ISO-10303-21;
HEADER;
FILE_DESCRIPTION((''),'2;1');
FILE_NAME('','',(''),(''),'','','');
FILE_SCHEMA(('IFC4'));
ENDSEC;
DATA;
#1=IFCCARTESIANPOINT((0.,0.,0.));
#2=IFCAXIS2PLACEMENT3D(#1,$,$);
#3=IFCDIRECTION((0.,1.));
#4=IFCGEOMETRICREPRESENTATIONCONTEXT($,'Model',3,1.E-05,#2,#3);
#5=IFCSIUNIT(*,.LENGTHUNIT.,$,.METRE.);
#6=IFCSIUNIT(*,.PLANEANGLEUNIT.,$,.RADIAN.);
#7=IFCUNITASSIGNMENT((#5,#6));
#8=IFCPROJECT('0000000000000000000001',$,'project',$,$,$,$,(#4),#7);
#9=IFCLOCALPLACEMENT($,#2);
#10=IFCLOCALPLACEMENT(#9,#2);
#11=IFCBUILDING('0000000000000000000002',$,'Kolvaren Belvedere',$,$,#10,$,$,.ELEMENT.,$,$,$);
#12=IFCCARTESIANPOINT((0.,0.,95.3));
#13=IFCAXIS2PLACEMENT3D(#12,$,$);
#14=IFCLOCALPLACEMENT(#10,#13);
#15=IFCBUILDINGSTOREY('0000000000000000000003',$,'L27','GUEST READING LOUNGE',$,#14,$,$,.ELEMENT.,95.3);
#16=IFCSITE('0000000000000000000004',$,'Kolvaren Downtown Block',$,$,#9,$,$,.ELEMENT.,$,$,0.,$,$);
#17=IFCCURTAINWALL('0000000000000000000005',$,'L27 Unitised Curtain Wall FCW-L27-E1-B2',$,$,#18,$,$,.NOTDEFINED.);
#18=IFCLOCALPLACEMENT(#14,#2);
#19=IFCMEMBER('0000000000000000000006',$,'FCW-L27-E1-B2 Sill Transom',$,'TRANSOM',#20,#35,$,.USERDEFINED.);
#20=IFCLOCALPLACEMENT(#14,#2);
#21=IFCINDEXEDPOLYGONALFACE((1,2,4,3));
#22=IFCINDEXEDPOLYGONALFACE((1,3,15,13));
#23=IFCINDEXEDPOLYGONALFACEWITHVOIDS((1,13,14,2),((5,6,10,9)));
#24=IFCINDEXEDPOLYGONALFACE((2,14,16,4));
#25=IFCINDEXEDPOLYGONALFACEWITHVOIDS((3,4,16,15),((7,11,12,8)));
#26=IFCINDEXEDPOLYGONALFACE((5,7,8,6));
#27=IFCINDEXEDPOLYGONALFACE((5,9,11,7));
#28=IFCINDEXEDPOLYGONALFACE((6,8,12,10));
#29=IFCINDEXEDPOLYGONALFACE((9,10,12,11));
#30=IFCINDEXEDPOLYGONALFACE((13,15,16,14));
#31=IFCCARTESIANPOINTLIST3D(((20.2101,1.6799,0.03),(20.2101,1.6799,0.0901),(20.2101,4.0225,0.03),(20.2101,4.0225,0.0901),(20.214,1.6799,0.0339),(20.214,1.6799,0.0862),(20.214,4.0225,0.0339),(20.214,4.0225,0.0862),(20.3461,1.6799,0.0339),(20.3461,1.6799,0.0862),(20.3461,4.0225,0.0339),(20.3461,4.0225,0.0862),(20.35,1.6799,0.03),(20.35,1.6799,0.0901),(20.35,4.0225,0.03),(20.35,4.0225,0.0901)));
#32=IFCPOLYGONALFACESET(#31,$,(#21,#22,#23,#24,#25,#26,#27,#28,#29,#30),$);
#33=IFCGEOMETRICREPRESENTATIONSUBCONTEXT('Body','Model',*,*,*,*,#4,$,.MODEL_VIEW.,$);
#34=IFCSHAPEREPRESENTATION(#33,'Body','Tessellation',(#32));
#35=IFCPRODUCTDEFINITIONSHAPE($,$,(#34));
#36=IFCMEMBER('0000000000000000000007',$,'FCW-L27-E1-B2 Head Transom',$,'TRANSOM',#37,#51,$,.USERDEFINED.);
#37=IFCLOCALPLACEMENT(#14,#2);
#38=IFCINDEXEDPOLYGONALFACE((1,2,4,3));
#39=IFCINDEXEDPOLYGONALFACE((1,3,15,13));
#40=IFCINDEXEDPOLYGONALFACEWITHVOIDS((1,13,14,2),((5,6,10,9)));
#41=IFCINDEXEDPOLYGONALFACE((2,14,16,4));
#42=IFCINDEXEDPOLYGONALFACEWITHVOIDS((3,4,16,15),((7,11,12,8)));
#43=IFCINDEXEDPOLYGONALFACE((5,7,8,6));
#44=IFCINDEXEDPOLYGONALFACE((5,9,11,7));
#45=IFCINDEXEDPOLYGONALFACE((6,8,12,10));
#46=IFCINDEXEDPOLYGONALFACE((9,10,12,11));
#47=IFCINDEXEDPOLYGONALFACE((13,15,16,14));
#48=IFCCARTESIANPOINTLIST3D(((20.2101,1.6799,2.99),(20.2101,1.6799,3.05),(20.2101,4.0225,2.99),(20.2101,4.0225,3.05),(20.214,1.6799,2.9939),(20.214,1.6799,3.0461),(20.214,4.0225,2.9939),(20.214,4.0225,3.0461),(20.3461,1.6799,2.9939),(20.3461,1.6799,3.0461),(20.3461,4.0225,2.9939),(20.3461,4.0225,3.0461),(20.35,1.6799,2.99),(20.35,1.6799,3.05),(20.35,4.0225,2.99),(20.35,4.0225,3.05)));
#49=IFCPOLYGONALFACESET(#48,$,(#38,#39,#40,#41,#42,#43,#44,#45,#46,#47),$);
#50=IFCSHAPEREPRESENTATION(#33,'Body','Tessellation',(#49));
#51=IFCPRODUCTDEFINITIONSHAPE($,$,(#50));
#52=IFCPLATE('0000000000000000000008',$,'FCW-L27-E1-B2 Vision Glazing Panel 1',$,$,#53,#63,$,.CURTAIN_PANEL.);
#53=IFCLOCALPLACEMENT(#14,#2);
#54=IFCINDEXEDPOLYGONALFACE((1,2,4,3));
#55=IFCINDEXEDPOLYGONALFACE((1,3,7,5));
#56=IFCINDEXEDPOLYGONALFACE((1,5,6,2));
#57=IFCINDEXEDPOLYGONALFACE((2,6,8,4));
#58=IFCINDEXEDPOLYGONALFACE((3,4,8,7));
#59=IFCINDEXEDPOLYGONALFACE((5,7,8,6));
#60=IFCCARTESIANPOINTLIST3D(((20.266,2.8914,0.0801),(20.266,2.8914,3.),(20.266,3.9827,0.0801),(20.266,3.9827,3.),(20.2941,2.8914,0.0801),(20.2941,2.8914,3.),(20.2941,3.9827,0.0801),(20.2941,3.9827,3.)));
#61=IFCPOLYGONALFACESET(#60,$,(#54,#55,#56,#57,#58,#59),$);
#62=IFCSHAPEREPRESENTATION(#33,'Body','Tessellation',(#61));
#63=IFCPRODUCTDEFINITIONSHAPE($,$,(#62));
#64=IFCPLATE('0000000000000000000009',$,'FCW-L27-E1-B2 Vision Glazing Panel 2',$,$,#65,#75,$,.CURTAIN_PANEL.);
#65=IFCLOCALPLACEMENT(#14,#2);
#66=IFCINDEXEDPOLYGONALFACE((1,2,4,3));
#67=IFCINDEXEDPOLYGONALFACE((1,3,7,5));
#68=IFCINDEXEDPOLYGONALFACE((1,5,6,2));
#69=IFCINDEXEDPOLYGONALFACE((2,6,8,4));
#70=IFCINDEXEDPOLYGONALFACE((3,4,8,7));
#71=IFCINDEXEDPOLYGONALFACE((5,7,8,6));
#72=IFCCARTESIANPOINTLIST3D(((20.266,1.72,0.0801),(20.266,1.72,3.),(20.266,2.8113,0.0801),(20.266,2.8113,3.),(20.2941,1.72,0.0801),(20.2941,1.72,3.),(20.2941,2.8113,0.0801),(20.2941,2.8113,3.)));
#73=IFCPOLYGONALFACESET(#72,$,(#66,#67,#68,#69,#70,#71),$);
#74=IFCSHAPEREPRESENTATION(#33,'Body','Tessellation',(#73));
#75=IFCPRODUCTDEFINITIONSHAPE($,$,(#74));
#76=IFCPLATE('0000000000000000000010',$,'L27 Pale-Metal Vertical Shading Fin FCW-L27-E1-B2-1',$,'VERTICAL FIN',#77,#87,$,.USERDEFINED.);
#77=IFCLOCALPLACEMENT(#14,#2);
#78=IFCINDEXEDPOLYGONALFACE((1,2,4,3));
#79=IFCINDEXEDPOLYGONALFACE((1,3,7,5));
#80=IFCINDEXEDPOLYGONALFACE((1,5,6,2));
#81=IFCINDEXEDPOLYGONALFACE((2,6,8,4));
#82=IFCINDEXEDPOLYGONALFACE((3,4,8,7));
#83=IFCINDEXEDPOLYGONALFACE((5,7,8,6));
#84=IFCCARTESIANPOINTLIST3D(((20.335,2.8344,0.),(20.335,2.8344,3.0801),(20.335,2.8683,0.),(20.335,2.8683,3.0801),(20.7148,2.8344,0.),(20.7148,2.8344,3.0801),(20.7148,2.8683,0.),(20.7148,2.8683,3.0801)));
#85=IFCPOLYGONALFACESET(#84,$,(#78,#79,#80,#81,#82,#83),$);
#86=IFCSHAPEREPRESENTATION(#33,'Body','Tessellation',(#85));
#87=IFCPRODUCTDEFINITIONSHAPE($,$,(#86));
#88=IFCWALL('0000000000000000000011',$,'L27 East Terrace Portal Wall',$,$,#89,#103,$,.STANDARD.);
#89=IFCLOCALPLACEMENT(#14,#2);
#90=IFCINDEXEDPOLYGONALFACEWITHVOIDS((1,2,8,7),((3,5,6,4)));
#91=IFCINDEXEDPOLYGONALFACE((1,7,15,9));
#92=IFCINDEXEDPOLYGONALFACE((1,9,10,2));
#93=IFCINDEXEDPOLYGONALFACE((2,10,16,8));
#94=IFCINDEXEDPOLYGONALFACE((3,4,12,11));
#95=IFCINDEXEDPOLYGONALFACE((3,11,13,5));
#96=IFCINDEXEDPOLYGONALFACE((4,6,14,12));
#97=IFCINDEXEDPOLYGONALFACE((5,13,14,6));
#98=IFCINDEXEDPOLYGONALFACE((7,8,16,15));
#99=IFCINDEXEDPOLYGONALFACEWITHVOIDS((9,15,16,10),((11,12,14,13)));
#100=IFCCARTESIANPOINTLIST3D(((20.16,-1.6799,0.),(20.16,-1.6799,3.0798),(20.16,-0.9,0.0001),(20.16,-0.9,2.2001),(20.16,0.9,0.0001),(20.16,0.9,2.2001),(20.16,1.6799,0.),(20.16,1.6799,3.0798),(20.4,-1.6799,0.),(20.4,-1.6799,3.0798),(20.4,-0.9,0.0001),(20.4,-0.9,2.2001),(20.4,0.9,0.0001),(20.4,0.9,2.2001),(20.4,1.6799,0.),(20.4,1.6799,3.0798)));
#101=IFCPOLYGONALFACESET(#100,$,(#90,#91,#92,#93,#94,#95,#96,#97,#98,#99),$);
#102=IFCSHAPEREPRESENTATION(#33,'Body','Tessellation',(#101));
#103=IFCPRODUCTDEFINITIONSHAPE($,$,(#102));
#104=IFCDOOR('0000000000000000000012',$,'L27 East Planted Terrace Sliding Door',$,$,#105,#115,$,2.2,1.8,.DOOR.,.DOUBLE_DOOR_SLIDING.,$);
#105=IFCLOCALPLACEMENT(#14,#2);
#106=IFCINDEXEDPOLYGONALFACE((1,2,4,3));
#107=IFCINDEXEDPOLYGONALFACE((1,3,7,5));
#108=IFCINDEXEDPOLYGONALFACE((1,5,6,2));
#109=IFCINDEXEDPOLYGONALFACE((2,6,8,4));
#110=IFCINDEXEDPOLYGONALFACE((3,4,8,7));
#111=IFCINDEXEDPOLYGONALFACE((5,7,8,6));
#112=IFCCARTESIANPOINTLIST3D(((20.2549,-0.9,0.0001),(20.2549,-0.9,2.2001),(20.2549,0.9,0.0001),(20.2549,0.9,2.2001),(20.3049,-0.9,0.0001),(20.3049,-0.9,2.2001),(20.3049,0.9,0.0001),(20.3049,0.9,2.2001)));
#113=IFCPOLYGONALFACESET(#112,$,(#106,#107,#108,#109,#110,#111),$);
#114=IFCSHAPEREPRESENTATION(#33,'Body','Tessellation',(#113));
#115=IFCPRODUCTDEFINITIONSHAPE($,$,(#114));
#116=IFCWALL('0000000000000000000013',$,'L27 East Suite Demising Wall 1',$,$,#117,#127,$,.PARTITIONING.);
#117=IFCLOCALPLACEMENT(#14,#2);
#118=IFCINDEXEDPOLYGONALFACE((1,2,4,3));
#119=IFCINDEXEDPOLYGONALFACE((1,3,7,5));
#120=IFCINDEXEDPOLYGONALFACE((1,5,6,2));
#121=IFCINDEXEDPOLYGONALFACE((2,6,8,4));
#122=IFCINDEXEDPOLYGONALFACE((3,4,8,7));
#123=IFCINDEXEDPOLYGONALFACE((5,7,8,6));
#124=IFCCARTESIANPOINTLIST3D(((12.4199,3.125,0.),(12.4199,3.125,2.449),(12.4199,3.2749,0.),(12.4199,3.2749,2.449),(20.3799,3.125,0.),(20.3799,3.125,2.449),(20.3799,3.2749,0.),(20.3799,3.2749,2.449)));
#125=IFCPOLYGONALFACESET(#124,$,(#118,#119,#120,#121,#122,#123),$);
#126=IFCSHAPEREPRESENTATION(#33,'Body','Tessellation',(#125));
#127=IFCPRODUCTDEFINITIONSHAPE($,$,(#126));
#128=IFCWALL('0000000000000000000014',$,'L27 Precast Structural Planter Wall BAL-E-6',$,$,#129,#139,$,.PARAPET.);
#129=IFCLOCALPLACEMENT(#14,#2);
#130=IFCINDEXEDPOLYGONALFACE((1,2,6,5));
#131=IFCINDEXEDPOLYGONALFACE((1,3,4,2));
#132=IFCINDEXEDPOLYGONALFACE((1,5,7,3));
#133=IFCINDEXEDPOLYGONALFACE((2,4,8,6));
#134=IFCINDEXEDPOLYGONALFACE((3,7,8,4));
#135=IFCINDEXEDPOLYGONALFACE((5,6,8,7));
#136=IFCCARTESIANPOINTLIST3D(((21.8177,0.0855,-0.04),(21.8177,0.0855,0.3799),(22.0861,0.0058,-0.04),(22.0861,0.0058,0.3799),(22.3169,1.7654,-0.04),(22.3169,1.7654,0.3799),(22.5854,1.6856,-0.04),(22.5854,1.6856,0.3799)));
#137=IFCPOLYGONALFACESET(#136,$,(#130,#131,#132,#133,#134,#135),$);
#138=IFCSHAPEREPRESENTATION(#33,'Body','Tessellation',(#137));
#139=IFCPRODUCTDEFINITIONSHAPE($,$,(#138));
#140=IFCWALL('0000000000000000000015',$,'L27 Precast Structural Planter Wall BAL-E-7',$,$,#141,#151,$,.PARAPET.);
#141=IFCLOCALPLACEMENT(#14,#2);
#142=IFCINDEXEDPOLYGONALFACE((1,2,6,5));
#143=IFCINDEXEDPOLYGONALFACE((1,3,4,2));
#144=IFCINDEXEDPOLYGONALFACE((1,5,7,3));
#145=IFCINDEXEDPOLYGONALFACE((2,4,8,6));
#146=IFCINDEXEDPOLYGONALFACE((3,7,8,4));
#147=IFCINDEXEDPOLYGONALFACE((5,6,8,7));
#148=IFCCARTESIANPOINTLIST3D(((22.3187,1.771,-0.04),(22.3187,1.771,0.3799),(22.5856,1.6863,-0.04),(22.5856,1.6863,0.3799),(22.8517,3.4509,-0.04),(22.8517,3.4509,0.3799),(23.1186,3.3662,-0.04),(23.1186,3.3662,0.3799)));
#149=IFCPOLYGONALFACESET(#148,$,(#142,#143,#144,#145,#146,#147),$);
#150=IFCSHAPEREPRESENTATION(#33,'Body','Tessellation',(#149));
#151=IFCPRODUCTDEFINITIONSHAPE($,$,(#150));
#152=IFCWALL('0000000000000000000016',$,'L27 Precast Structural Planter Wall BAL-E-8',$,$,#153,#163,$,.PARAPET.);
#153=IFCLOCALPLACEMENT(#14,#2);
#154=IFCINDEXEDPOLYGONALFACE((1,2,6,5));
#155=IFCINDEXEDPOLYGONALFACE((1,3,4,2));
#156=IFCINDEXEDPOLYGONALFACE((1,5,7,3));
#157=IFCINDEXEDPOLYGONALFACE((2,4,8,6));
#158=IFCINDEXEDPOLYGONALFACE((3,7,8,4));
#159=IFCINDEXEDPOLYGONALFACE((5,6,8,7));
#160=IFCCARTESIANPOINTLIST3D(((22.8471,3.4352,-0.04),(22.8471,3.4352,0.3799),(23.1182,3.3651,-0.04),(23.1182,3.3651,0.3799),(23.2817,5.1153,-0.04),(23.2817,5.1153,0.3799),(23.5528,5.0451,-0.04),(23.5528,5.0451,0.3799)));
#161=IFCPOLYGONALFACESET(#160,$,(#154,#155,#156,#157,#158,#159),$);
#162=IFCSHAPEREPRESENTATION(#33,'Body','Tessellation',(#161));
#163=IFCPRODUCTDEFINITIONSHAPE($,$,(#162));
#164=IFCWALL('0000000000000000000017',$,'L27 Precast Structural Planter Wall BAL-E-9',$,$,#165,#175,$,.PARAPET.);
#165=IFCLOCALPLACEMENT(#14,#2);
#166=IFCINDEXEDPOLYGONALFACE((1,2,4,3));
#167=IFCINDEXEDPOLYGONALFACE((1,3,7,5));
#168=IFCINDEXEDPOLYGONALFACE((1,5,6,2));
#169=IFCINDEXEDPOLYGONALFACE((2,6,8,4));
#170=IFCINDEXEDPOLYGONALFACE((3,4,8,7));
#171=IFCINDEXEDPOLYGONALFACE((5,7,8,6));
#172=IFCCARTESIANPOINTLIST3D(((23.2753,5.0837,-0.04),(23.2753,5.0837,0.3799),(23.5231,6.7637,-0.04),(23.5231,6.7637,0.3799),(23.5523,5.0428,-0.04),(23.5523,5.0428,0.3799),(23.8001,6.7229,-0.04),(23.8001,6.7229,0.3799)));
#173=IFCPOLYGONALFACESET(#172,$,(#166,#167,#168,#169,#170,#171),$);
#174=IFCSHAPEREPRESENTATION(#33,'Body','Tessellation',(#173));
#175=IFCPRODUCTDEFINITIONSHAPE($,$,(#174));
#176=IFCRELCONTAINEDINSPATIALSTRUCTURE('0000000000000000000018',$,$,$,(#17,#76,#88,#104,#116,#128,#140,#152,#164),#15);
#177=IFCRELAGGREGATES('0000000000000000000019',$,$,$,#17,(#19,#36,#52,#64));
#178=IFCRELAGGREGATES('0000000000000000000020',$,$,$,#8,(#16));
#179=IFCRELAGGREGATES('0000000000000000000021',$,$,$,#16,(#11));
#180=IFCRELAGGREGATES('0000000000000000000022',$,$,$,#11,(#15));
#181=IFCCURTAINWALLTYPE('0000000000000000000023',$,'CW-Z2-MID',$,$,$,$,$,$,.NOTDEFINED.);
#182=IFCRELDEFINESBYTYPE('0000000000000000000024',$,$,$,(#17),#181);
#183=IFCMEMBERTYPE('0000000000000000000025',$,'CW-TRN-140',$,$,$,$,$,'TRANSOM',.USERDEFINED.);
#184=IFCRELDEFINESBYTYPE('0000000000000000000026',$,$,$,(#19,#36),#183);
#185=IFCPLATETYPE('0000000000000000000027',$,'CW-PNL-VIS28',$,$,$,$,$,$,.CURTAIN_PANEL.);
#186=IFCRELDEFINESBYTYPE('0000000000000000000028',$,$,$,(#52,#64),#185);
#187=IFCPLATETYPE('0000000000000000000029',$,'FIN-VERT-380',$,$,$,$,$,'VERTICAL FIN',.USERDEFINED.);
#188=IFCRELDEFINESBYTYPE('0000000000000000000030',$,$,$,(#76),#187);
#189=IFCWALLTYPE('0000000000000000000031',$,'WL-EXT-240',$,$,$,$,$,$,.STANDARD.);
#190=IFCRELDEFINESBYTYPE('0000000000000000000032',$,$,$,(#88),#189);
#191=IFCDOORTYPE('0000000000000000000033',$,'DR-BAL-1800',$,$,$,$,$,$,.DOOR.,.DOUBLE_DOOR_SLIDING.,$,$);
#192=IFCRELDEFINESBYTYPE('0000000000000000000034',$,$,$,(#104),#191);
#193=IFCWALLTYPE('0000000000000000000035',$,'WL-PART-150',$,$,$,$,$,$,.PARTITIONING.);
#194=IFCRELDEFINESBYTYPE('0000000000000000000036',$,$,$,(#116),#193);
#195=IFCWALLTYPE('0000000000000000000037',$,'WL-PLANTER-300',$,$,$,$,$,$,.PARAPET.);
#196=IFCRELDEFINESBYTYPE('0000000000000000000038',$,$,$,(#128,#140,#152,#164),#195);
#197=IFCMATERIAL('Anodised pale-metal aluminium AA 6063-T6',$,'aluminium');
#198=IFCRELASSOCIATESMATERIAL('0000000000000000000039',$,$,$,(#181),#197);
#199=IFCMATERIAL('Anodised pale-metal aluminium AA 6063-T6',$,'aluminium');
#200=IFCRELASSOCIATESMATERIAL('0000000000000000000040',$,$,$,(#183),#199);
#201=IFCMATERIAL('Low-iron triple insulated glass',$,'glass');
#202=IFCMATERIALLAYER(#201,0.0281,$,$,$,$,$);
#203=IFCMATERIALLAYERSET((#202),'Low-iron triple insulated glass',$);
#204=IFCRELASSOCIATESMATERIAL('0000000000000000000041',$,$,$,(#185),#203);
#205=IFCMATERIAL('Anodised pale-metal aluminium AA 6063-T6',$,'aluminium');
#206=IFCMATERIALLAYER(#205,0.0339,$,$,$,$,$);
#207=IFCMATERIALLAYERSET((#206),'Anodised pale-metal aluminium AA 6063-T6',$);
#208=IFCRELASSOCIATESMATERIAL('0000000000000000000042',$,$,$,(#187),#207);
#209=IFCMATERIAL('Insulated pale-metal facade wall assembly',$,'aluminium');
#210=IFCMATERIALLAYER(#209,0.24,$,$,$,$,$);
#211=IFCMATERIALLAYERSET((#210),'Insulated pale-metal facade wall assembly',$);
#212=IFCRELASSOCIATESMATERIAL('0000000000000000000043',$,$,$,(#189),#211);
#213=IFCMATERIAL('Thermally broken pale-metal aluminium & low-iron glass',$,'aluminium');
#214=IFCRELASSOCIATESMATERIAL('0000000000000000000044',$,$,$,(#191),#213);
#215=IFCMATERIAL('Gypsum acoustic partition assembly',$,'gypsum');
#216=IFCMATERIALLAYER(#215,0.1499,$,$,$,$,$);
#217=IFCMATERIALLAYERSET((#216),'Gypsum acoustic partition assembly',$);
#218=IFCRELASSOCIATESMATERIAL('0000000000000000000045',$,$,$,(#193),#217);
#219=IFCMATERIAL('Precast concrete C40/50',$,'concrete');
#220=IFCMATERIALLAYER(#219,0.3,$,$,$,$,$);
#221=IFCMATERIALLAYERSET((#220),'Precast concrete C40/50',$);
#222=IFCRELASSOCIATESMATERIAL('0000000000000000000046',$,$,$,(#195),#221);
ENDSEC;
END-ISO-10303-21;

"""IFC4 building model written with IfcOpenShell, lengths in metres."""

from ifc_helpers import new_model, si_unit, direction, frame, frame_2d, origin, origin_2d, place, context, subcontext, project, spatial, rectangle, hollow_rectangle, extrude, material, layer, layer_set, material_profile, profile_set, type_object, element, fill, aggregate, save


model = new_model("IFC4")

# Units and contexts
model_context = context("Model", 3, precision=1e-05, world=origin(), true_north=direction((0.0, 1.0)))
body_context = subcontext(model_context, "Body", "Model", "MODEL_VIEW")
ifc_project = project(units=[si_unit("LENGTHUNIT", "METRE"), si_unit("PLANEANGLEUNIT", "RADIAN")], contexts=[model_context])

# Site, building, storey
site_placement = place(None, origin())
site = spatial("IfcSite", under=ifc_project, at=site_placement, Name="Kolvaren Downtown Block", CompositionType="ELEMENT", RefElevation=0.0)
building_placement = place(site_placement, origin())
building = spatial("IfcBuilding", under=site, at=building_placement, Name="Kolvaren Belvedere", CompositionType="ELEMENT")
storey_placement = place(building_placement, frame((0.0, 0.0, 95.3)))
storey = spatial("IfcBuildingStorey", under=building, at=storey_placement, Name="L27", Description="GUEST READING LOUNGE", CompositionType="ELEMENT", Elevation=95.3)

# Shared definitions
ifc_material_1 = material(Name="Anodised pale-metal aluminium AA 6063-T6", Category="aluminium")
curtain_wall_type = type_object("IfcCurtainWallType", Name="CW-Z2-MID", PredefinedType="NOTDEFINED", material=ifc_material_1)

# Curtain wall, members, plates
curtain_wall_1_placement = place(storey_placement, origin())
curtain_wall_1 = element("IfcCurtainWall", 1, at=curtain_wall_1_placement, inside=storey, type_object=curtain_wall_type, Name="L27 Unitised Curtain Wall FCW-L27-E1-B2", PredefinedType="NOTDEFINED")
ifc_material_2 = material(Name="Anodised pale-metal aluminium AA 6063-T6", Category="aluminium")
ifc_material_profile_1 = material_profile(ifc_material_2, hollow_rectangle(XDim=0.0601, YDim=0.1399, WallThickness=0.0039, at=origin_2d()), Name="ALU-TRN-140X60")
ifc_profile_set_1 = profile_set([ifc_material_profile_1], Name="Anodised pale-metal aluminium AA 6063-T6")
member_type_1 = type_object("IfcMemberType", Name="CW-TRN-140", ElementType="TRANSOM", PredefinedType="USERDEFINED", material=ifc_profile_set_1)
member_1_placement = place(storey_placement, frame((20.28, 4.0225, 0.0601), z_axis=(0.0, -1.0, 0.0), x_axis=(0.0, 0.0, 1.0)))
member_1 = element("IfcMember", 2, at=member_1_placement, type_object=member_type_1, Name="FCW-L27-E1-B2 Sill Transom", ObjectType="TRANSOM", PredefinedType="USERDEFINED", context=body_context, shape_type="SweptSolid", body=[
    extrude(hollow_rectangle(XDim=0.0601, YDim=0.1399, WallThickness=0.0039, at=origin_2d()), origin(), (0.0, 0.0, 1.0), 2.3425),
])
member_2_placement = place(storey_placement, frame((20.28, 4.0225, 3.02), z_axis=(0.0, -1.0, 0.0), x_axis=(0.0, 0.0, 1.0)))
member_2 = element("IfcMember", 3, at=member_2_placement, type_object=member_type_1, Name="FCW-L27-E1-B2 Head Transom", ObjectType="TRANSOM", PredefinedType="USERDEFINED", context=body_context, shape_type="SweptSolid", body=[
    extrude(hollow_rectangle(XDim=0.0601, YDim=0.1399, WallThickness=0.0039, at=origin_2d()), origin(), (0.0, 0.0, 1.0), 2.3425),
])
ifc_material_3 = material(Name="Low-iron triple insulated glass", Category="glass")
ifc_layer_1 = layer(ifc_material_3, 0.0281)
ifc_layer_set_1 = layer_set([ifc_layer_1], Name="Low-iron triple insulated glass")
plate_type_1 = type_object("IfcPlateType", Name="CW-PNL-VIS28", PredefinedType="CURTAIN_PANEL", material=ifc_layer_set_1)
plate_1_placement = place(storey_placement, frame((20.28, 3.437, 0.0801), z_axis=(0.0, 0.0, 1.0), x_axis=(0.0, -1.0, 0.0)))
plate_1 = element("IfcPlate", 4, at=plate_1_placement, type_object=plate_type_1, Name="FCW-L27-E1-B2 Vision Glazing Panel 1", PredefinedType="CURTAIN_PANEL", context=body_context, shape_type="SweptSolid", body=[
    extrude(rectangle(XDim=1.0913, YDim=0.0281, at=origin_2d()), origin(), (0.0, 0.0, 1.0), 2.9199),
])
plate_2_placement = place(storey_placement, frame((20.28, 2.2656, 0.0801), z_axis=(0.0, 0.0, 1.0), x_axis=(0.0, -1.0, 0.0)))
plate_2 = element("IfcPlate", 5, at=plate_2_placement, type_object=plate_type_1, Name="FCW-L27-E1-B2 Vision Glazing Panel 2", PredefinedType="CURTAIN_PANEL", context=body_context, shape_type="SweptSolid", body=[
    extrude(rectangle(XDim=1.0913, YDim=0.0281, at=origin_2d()), origin(), (0.0, 0.0, 1.0), 2.9199),
])
aggregate(curtain_wall_1, [member_1, member_2, plate_1, plate_2])

# Plate
ifc_material_4 = material(Name="Anodised pale-metal aluminium AA 6063-T6", Category="aluminium")
ifc_layer_2 = layer(ifc_material_4, 0.0339)
ifc_layer_set_2 = layer_set([ifc_layer_2], Name="Anodised pale-metal aluminium AA 6063-T6")
plate_type_2 = type_object("IfcPlateType", Name="FIN-VERT-380", ElementType="VERTICAL FIN", PredefinedType="USERDEFINED", material=ifc_layer_set_2)
plate_3_placement = place(storey_placement, frame((20.5249, 2.8513, 0.0), z_axis=(0.0, 0.0, 1.0), x_axis=(1.0, 0.0, 0.0)))
element("IfcPlate", 6, at=plate_3_placement, inside=storey, type_object=plate_type_2, Name="L27 Pale-Metal Vertical Shading Fin FCW-L27-E1-B2-1", ObjectType="VERTICAL FIN", PredefinedType="USERDEFINED", context=body_context, shape_type="SweptSolid", body=[
    extrude(rectangle(XDim=0.3799, YDim=0.0339, at=origin_2d()), origin(), (0.0, 0.0, 1.0), 3.0801),
])

# Wall, opening, door
ifc_material_5 = material(Name="Insulated pale-metal facade wall assembly", Category="aluminium")
ifc_layer_3 = layer(ifc_material_5, 0.24)
ifc_layer_set_3 = layer_set([ifc_layer_3], Name="Insulated pale-metal facade wall assembly")
wall_type_1 = type_object("IfcWallType", Name="WL-EXT-240", PredefinedType="STANDARD", material=ifc_layer_set_3)
wall_1_placement = place(storey_placement, frame((20.28, 1.6799, 0.0), z_axis=(0.0, 0.0, 1.0), x_axis=(0.0, -1.0, 0.0)))
wall_1 = element("IfcWall", 7, at=wall_1_placement, inside=storey, type_object=wall_type_1, Name="L27 East Terrace Portal Wall", PredefinedType="STANDARD", context=body_context, shape_type="SweptSolid", body=[
    extrude(rectangle(XDim=3.3599, YDim=0.24, at=frame_2d((1.6799, 0.0))), origin(), (0.0, 0.0, 1.0), 3.0798),
])
opening_placement = place(wall_1_placement, frame((0.78, 0.0, 0.0)))
opening = element("IfcOpeningElement", 8, at=opening_placement, cuts=wall_1, PredefinedType="OPENING", context=body_context, shape_type="SweptSolid", body=[
    extrude(rectangle(XDim=1.8, YDim=2.2, at=frame_2d((0.8999, 1.1001))), frame((0.0, 0.1299, 0.0), z_axis=(0.0, -1.0, 0.0), x_axis=(1.0, 0.0, 0.0)), (0.0, 0.0, 1.0), 0.26),
])
ifc_material_6 = material(Name="Thermally broken pale-metal aluminium & low-iron glass", Category="aluminium")
door_type = type_object("IfcDoorType", Name="DR-BAL-1800", OperationType="DOUBLE_DOOR_SLIDING", PredefinedType="DOOR", material=ifc_material_6)
door_placement = place(opening_placement, origin())
door = element("IfcDoor", 9, at=door_placement, inside=storey, type_object=door_type, Name="L27 East Planted Terrace Sliding Door", OperationType="DOUBLE_DOOR_SLIDING", OverallHeight=2.2, OverallWidth=1.8, PredefinedType="DOOR", context=body_context, shape_type="SweptSolid", body=[
    extrude(rectangle(XDim=1.8, YDim=2.2, at=frame_2d((0.8999, 1.1001))), frame((0.0, 0.0249, 0.0), z_axis=(0.0, -1.0, 0.0), x_axis=(1.0, 0.0, 0.0)), (0.0, 0.0, 1.0), 0.05),
])
fill(opening, door)

# Walls
ifc_material_7 = material(Name="Gypsum acoustic partition assembly", Category="gypsum")
ifc_layer_4 = layer(ifc_material_7, 0.1499)
ifc_layer_set_4 = layer_set([ifc_layer_4], Name="Gypsum acoustic partition assembly")
wall_type_2 = type_object("IfcWallType", Name="WL-PART-150", PredefinedType="PARTITIONING", material=ifc_layer_set_4)
wall_2_placement = place(storey_placement, frame((12.4199, 3.2, 0.0), z_axis=(0.0, 0.0, 1.0), x_axis=(1.0, 0.0, 0.0)))
element("IfcWall", 10, at=wall_2_placement, inside=storey, type_object=wall_type_2, Name="L27 East Suite Demising Wall 1", PredefinedType="PARTITIONING", context=body_context, shape_type="SweptSolid", body=[
    extrude(rectangle(XDim=7.96, YDim=0.1499, at=frame_2d((3.98, 0.0))), origin(), (0.0, 0.0, 1.0), 2.449),
])
ifc_material_8 = material(Name="Precast concrete C40/50", Category="concrete")
ifc_layer_5 = layer(ifc_material_8, 0.3)
ifc_layer_set_5 = layer_set([ifc_layer_5], Name="Precast concrete C40/50")
wall_type_3 = type_object("IfcWallType", Name="WL-PLANTER-300", PredefinedType="PARAPET", material=ifc_layer_set_5)
wall_3_placement = place(storey_placement, frame((21.9519, 0.0457, -0.04), z_axis=(0.0, 0.0, 1.0), x_axis=(0.28488, 0.958563, 0.0)))
element("IfcWall", 11, at=wall_3_placement, inside=storey, type_object=wall_type_3, Name="L27 Precast Structural Planter Wall BAL-E-6", PredefinedType="PARAPET", context=body_context, shape_type="SweptSolid", body=[
    extrude(rectangle(XDim=1.7524, YDim=0.28, at=frame_2d((0.8762, 0.0))), origin(), (0.0, 0.0, 1.0), 0.4199),
])
wall_4_placement = place(storey_placement, frame((22.4521, 1.7285, -0.04), z_axis=(0.0, 0.0, 1.0), x_axis=(0.302397, 0.953182, 0.0)))
element("IfcWall", 12, at=wall_4_placement, inside=storey, type_object=wall_type_3, Name="L27 Precast Structural Planter Wall BAL-E-7", PredefinedType="PARAPET", context=body_context, shape_type="SweptSolid", body=[
    extrude(rectangle(XDim=1.7625, YDim=0.28, at=frame_2d((0.8813, 0.0))), origin(), (0.0, 0.0, 1.0), 0.4199),
])
wall_5_placement = place(storey_placement, frame((22.9827, 3.4001, -0.04), z_axis=(0.0, 0.0, 1.0), x_axis=(0.25044, 0.968132, 0.0)))
element("IfcWall", 13, at=wall_5_placement, inside=storey, type_object=wall_type_3, Name="L27 Precast Structural Planter Wall BAL-E-8", PredefinedType="PARAPET", context=body_context, shape_type="SweptSolid", body=[
    extrude(rectangle(XDim=1.7354, YDim=0.28, at=frame_2d((0.8677, 0.0))), origin(), (0.0, 0.0, 1.0), 0.4199),
])
wall_6_placement = place(storey_placement, frame((23.4138, 5.0632, -0.04), z_axis=(0.0, 0.0, 1.0), x_axis=(0.145908, 0.989298, 0.0)))
element("IfcWall", 14, at=wall_6_placement, inside=storey, type_object=wall_type_3, Name="L27 Precast Structural Planter Wall BAL-E-9", PredefinedType="PARAPET", context=body_context, shape_type="SweptSolid", body=[
    extrude(rectangle(XDim=1.6982, YDim=0.28, at=frame_2d((0.8491, 0.0))), origin(), (0.0, 0.0, 1.0), 0.4199),
])

save(model, "model.ifc")
